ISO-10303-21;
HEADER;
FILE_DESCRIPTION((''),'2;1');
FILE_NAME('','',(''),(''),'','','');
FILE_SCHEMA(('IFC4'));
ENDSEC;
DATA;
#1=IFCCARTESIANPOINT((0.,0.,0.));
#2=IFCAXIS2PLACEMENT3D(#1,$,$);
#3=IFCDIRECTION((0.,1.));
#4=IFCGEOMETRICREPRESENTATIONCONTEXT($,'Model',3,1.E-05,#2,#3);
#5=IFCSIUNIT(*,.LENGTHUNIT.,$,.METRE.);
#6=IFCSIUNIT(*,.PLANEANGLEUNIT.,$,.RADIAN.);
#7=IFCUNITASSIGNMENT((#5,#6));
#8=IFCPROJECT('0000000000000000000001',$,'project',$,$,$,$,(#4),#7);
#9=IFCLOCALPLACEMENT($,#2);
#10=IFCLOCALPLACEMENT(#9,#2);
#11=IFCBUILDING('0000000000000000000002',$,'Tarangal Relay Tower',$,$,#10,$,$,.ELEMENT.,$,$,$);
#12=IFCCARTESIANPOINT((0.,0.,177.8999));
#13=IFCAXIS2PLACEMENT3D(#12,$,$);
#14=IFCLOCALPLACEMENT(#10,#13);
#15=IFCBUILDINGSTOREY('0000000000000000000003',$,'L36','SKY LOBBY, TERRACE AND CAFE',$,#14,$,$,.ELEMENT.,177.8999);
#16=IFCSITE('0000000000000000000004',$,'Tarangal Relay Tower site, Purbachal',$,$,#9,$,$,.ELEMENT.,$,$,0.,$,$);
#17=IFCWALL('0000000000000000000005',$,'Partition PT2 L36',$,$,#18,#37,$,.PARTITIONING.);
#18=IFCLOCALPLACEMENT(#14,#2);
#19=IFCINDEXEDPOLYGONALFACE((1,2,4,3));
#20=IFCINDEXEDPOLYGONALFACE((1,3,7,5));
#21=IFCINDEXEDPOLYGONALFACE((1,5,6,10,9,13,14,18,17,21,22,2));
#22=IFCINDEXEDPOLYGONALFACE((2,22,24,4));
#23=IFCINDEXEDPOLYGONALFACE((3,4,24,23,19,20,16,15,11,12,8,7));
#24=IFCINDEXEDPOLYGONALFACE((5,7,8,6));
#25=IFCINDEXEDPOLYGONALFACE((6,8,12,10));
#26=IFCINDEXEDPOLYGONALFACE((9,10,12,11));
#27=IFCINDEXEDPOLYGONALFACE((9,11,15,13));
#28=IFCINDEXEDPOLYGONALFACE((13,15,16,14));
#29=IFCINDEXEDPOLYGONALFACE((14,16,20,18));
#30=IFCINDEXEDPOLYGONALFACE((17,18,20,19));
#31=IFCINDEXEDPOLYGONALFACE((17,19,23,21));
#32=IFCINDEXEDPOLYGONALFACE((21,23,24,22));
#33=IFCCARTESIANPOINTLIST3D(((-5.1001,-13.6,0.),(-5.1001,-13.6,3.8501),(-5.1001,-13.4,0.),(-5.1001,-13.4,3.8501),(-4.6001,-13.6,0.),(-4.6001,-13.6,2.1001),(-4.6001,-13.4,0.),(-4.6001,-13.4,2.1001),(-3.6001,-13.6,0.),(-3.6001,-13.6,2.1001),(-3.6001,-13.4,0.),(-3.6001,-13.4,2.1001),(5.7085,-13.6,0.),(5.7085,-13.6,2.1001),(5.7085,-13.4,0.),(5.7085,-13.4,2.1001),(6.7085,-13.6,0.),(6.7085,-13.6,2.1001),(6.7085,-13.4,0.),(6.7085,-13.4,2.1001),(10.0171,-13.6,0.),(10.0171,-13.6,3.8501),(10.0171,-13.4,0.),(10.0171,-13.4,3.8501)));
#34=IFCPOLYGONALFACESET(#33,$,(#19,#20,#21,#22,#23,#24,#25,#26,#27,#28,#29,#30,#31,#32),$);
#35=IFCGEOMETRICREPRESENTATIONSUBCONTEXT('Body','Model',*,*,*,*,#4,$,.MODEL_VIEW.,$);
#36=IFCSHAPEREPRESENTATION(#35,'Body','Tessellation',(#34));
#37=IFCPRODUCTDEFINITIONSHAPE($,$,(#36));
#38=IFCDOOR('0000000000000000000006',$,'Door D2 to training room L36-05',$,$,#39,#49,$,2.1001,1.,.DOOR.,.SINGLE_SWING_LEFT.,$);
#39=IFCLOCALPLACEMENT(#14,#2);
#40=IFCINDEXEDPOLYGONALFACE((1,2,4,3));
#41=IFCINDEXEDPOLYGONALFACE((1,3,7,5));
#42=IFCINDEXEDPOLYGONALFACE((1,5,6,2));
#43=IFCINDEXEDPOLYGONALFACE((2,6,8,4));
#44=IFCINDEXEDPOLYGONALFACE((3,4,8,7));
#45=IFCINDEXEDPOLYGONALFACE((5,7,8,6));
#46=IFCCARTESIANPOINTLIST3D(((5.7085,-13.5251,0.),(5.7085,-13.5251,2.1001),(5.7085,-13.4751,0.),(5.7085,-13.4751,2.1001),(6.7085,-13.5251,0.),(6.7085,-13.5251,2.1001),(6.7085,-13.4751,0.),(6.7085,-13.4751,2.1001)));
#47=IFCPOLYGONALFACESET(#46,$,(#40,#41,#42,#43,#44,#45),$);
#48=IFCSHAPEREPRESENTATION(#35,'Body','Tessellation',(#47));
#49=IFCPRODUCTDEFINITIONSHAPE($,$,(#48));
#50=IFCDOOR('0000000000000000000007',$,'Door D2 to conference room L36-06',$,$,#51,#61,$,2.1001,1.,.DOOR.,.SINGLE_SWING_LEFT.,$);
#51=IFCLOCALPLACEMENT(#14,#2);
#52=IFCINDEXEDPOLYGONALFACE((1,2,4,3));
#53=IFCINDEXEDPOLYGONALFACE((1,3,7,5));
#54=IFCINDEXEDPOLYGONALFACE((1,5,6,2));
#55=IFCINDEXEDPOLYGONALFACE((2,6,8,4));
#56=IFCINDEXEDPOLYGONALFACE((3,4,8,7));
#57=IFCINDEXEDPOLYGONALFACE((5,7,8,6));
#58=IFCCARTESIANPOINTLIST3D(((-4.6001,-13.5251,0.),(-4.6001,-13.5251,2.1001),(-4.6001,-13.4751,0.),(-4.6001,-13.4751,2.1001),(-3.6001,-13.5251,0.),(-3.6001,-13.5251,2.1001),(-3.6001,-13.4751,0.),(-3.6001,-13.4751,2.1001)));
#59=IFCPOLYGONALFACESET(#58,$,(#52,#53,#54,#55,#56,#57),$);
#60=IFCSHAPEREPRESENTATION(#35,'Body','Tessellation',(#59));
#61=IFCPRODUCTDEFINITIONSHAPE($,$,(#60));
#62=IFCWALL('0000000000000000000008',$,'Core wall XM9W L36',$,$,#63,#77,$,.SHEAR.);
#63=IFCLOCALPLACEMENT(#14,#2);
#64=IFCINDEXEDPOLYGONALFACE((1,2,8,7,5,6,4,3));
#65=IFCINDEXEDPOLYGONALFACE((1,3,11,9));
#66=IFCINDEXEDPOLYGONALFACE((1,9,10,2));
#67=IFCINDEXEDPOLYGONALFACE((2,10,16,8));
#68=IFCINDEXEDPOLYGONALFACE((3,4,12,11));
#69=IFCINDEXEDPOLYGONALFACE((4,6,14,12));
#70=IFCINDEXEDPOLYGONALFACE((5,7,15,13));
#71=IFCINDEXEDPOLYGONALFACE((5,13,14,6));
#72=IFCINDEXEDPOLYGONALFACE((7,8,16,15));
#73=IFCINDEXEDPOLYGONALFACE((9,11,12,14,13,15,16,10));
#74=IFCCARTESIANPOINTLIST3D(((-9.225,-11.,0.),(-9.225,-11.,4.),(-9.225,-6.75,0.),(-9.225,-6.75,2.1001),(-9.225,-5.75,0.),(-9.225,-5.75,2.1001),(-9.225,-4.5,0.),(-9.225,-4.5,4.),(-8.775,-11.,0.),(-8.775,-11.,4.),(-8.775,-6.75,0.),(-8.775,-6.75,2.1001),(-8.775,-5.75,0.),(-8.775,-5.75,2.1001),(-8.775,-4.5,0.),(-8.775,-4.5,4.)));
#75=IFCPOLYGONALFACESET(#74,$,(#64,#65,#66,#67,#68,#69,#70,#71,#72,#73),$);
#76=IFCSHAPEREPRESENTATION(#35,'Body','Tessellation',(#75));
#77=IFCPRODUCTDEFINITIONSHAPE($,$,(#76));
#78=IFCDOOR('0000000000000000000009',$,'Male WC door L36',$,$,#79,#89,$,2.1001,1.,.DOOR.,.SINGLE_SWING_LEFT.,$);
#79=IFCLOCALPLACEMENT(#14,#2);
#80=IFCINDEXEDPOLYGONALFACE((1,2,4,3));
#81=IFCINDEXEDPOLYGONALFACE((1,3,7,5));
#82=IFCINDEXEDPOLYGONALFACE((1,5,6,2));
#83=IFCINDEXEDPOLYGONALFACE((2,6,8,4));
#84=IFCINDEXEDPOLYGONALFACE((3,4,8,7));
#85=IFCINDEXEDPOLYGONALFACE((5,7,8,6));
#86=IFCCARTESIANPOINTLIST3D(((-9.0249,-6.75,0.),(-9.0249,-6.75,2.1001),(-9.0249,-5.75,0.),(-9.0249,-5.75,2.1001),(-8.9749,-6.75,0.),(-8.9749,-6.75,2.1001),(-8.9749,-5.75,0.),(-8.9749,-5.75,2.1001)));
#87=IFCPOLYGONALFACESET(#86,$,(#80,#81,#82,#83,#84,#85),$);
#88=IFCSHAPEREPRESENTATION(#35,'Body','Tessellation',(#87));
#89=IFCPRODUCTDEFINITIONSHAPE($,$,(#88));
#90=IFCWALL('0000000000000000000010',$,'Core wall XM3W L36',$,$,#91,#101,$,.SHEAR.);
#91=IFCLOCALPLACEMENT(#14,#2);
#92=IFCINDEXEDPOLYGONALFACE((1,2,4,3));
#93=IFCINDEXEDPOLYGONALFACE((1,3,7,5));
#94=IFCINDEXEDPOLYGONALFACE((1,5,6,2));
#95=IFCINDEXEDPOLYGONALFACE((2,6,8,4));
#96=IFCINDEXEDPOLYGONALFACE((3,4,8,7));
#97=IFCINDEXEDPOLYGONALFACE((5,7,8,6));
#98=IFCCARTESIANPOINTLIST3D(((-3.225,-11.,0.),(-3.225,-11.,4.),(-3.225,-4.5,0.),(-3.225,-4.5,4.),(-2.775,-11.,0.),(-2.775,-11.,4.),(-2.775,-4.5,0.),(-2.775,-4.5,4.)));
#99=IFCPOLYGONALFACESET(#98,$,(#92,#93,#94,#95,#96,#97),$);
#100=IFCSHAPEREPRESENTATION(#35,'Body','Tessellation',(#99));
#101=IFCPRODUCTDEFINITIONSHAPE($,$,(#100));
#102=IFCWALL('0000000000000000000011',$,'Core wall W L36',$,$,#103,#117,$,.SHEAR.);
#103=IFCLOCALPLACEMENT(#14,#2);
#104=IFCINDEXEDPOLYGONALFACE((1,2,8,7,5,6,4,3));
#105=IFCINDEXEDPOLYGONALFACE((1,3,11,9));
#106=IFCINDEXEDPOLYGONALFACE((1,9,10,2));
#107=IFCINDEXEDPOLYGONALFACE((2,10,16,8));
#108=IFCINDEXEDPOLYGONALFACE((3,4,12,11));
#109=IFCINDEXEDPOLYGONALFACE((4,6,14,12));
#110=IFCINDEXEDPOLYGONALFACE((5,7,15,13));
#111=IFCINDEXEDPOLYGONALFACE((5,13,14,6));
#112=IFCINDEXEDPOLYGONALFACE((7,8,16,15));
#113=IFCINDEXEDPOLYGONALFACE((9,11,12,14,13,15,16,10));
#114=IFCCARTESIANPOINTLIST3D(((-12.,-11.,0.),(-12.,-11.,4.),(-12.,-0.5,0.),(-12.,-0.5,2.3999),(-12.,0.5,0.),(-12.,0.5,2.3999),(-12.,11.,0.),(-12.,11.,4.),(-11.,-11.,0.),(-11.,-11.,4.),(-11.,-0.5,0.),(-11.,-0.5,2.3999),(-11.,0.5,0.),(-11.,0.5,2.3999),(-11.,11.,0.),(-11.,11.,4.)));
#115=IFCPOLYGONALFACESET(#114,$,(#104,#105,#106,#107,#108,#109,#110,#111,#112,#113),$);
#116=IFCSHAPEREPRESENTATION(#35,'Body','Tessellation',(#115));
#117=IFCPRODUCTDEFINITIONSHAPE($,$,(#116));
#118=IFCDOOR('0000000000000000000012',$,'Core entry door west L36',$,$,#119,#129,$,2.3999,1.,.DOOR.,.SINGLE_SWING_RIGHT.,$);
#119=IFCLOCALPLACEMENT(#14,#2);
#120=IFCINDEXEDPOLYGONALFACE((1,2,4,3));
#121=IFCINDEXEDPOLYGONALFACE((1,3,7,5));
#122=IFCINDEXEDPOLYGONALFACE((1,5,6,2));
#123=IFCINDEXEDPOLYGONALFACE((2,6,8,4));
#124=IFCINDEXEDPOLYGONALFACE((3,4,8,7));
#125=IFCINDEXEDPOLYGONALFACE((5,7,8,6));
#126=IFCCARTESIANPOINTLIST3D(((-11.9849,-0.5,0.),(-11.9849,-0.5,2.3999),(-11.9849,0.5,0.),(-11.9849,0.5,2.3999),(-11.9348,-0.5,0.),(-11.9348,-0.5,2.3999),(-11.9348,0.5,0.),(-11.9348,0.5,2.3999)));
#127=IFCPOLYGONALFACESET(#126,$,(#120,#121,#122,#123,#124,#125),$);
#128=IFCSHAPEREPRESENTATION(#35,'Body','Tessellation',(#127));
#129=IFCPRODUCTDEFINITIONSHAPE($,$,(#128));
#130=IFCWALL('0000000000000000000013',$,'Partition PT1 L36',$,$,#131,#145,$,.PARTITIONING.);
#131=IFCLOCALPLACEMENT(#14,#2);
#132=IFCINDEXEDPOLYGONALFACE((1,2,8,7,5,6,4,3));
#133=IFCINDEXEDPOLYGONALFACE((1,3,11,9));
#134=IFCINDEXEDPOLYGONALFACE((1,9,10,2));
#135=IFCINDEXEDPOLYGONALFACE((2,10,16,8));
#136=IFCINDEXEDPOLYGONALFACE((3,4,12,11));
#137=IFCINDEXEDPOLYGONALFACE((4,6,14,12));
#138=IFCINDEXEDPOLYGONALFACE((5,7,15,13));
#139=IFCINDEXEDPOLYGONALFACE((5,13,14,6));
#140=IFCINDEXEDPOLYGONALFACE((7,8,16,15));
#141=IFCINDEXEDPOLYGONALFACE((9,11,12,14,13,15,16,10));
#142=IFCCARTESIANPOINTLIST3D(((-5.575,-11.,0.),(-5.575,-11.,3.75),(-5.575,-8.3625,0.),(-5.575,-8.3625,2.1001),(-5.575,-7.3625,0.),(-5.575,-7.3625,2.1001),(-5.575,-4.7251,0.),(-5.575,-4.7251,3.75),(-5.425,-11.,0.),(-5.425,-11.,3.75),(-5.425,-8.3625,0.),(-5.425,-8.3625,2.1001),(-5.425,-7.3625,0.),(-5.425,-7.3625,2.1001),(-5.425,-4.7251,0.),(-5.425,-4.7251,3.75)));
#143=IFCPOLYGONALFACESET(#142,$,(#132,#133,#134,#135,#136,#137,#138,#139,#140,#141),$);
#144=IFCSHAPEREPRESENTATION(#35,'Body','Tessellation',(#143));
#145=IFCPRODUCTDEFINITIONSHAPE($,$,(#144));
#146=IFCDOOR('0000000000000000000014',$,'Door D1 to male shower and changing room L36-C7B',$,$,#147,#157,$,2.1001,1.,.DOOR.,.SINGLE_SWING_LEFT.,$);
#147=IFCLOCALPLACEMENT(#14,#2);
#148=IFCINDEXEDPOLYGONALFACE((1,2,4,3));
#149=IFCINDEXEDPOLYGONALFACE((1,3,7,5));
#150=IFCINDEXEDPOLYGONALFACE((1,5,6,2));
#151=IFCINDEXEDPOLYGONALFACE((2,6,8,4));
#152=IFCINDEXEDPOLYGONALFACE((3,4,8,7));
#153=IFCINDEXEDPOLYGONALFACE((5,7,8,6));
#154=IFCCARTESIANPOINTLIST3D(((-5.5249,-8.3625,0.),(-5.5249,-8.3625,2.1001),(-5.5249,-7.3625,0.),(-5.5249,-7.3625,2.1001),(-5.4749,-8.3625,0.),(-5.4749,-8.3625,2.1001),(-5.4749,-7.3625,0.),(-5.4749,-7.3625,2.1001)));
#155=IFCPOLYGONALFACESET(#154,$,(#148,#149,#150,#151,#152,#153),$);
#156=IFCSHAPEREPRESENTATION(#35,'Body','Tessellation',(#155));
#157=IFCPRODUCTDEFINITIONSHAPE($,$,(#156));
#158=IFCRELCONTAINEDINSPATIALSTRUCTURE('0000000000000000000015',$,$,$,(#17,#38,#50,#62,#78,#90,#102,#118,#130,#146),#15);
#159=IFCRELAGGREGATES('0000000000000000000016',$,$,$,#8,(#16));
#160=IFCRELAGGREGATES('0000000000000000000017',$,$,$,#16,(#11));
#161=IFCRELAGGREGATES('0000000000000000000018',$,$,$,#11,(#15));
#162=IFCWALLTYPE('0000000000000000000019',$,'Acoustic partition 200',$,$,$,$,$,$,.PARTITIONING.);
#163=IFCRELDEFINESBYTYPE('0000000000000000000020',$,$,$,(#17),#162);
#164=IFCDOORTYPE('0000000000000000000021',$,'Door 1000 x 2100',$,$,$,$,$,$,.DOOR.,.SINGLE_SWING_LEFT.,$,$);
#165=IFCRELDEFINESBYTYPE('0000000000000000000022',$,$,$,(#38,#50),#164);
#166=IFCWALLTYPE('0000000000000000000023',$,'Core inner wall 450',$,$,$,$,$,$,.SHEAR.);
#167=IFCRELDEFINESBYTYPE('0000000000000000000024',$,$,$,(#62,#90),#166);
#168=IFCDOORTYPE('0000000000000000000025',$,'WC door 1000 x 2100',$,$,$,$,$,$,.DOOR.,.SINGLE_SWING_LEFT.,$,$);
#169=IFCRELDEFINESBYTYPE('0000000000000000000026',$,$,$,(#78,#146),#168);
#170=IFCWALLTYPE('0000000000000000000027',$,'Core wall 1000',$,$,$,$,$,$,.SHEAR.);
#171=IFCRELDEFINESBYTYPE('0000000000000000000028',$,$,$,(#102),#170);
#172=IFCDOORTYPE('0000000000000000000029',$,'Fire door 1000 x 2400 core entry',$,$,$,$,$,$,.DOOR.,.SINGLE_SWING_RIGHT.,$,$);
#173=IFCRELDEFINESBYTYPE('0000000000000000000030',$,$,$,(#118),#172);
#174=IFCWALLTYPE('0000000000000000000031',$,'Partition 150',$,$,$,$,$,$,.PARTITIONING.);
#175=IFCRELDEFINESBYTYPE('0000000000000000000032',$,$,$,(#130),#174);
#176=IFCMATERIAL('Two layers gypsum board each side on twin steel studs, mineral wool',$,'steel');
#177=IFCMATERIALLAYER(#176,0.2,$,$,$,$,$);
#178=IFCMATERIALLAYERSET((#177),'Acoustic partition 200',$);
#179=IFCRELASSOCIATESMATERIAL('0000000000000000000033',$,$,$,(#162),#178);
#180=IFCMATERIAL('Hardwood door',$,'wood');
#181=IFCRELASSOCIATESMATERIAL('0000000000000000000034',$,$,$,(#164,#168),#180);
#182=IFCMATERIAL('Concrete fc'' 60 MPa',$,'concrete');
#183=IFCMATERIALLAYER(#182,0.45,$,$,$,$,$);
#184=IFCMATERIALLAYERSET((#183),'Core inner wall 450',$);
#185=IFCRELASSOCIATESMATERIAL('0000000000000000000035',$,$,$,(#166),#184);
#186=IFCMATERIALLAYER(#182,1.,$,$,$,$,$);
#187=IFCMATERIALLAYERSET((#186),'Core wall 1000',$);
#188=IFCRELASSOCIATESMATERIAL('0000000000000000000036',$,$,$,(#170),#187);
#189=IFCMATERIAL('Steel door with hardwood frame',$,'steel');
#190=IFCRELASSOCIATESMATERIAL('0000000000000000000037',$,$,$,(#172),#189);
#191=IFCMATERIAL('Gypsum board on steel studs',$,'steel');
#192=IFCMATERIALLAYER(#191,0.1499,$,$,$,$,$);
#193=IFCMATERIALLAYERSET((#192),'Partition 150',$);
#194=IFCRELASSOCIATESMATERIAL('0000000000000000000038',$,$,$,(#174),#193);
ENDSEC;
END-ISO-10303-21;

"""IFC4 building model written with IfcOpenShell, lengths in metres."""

from ifc_helpers import new_model, si_unit, direction, frame, frame_2d, origin, place, context, subcontext, project, spatial, rectangle, extrude, material, layer, layer_set, type_object, element, fill, save


model = new_model("IFC4")

# Units and contexts
model_context = context("Model", 3, precision=1e-05, world=origin(), true_north=direction((0.0, 1.0)))
body_context = subcontext(model_context, "Body", "Model", "MODEL_VIEW")
ifc_project = project(units=[si_unit("LENGTHUNIT", "METRE"), si_unit("PLANEANGLEUNIT", "RADIAN")], contexts=[model_context])

# Site, building, storey
site_placement = place(None, origin())
site = spatial("IfcSite", under=ifc_project, at=site_placement, Name="Tarangal Relay Tower site, Purbachal", CompositionType="ELEMENT", RefElevation=0.0)
building_placement = place(site_placement, origin())
building = spatial("IfcBuilding", under=site, at=building_placement, Name="Tarangal Relay Tower", CompositionType="ELEMENT")
storey_placement = place(building_placement, frame((0.0, 0.0, 177.8999)))
storey = spatial("IfcBuildingStorey", under=building, at=storey_placement, Name="L36", Description="SKY LOBBY, TERRACE AND CAFE", CompositionType="ELEMENT", Elevation=177.8999)

# Wall, openings, doors
ifc_material_1 = material(Name="Two layers gypsum board each side on twin steel studs, mineral wool", Category="steel")
ifc_layer_1 = layer(ifc_material_1, 0.2)
ifc_layer_set_1 = layer_set([ifc_layer_1], Name="Acoustic partition 200")
wall_type_1 = type_object("IfcWallType", Name="Acoustic partition 200", PredefinedType="PARTITIONING", material=ifc_layer_set_1)
wall_1_placement = place(storey_placement, frame((-5.1001, -13.5, 0.0), z_axis=(0.0, 0.0, 1.0), x_axis=(1.0, 0.0, 0.0)))
wall_1 = element("IfcWall", 1, at=wall_1_placement, inside=storey, type_object=wall_type_1, Name="Partition PT2 L36", PredefinedType="PARTITIONING", context=body_context, shape_type="SweptSolid", body=[
    extrude(rectangle(XDim=15.1172, YDim=0.2, at=frame_2d((7.5586, 0.0))), origin(), (0.0, 0.0, 1.0), 3.8501),
])
opening_1_placement = place(wall_1_placement, frame((10.8086, 0.0, 0.0)))
opening_1 = element("IfcOpeningElement", 2, at=opening_1_placement, cuts=wall_1, PredefinedType="OPENING", context=body_context, shape_type="SweptSolid", body=[
    extrude(rectangle(XDim=1.0, YDim=2.1001, at=frame_2d((0.5, 1.05))), frame((0.0, 0.1099, 0.0), z_axis=(0.0, -1.0, 0.0), x_axis=(1.0, 0.0, 0.0)), (0.0, 0.0, 1.0), 0.22),
])
opening_2_placement = place(wall_1_placement, frame((0.5, 0.0, 0.0)))
opening_2 = element("IfcOpeningElement", 3, at=opening_2_placement, cuts=wall_1, PredefinedType="OPENING", context=body_context, shape_type="SweptSolid", body=[
    extrude(rectangle(XDim=1.0, YDim=2.1001, at=frame_2d((0.5, 1.05))), frame((0.0, 0.1099, 0.0), z_axis=(0.0, -1.0, 0.0), x_axis=(1.0, 0.0, 0.0)), (0.0, 0.0, 1.0), 0.22),
])
ifc_material_2 = material(Name="Hardwood door", Category="wood")
door_type_1 = type_object("IfcDoorType", Name="Door 1000 x 2100", OperationType="SINGLE_SWING_LEFT", PredefinedType="DOOR", material=ifc_material_2)
door_1_placement = place(opening_1_placement, origin())
door_1 = element("IfcDoor", 4, at=door_1_placement, inside=storey, type_object=door_type_1, Name="Door D2 to training room L36-05", OperationType="SINGLE_SWING_LEFT", OverallHeight=2.1001, OverallWidth=1.0, PredefinedType="DOOR", context=body_context, shape_type="SweptSolid", body=[
    extrude(rectangle(XDim=1.0, YDim=2.1001, at=frame_2d((0.5, 1.05))), frame((0.0, 0.0249, 0.0), z_axis=(0.0, -1.0, 0.0), x_axis=(1.0, 0.0, 0.0)), (0.0, 0.0, 1.0), 0.05),
])
fill(opening_1, door_1)
door_2_placement = place(opening_2_placement, origin())
door_2 = element("IfcDoor", 5, at=door_2_placement, inside=storey, type_object=door_type_1, Name="Door D2 to conference room L36-06", OperationType="SINGLE_SWING_LEFT", OverallHeight=2.1001, OverallWidth=1.0, PredefinedType="DOOR", context=body_context, shape_type="SweptSolid", body=[
    extrude(rectangle(XDim=1.0, YDim=2.1001, at=frame_2d((0.5, 1.05))), frame((0.0, 0.0249, 0.0), z_axis=(0.0, -1.0, 0.0), x_axis=(1.0, 0.0, 0.0)), (0.0, 0.0, 1.0), 0.05),
])
fill(opening_2, door_2)

# Wall, opening, door
ifc_material_3 = material(Name="Concrete fc' 60 MPa", Category="concrete")
ifc_layer_2 = layer(ifc_material_3, 0.45)
ifc_layer_set_2 = layer_set([ifc_layer_2], Name="Core inner wall 450")
wall_type_2 = type_object("IfcWallType", Name="Core inner wall 450", PredefinedType="SHEAR", material=ifc_layer_set_2)
wall_2_placement = place(storey_placement, frame((-9.0, -11.0, 0.0), z_axis=(0.0, 0.0, 1.0), x_axis=(0.0, 1.0, 0.0)))
wall_2 = element("IfcWall", 6, at=wall_2_placement, inside=storey, type_object=wall_type_2, Name="Core wall XM9W L36", PredefinedType="SHEAR", context=body_context, shape_type="SweptSolid", body=[
    extrude(rectangle(XDim=6.5, YDim=0.45, at=frame_2d((3.25, 0.0))), origin(), (0.0, 0.0, 1.0), 4.0),
])
opening_3_placement = place(wall_2_placement, frame((4.25, 0.0, 0.0)))
opening_3 = element("IfcOpeningElement", 7, at=opening_3_placement, cuts=wall_2, PredefinedType="OPENING", context=body_context, shape_type="SweptSolid", body=[
    extrude(rectangle(XDim=1.0, YDim=2.1001, at=frame_2d((0.5, 1.05))), frame((0.0, 0.2349, 0.0), z_axis=(0.0, -1.0, 0.0), x_axis=(1.0, 0.0, 0.0)), (0.0, 0.0, 1.0), 0.47),
])
door_type_2 = type_object("IfcDoorType", Name="WC door 1000 x 2100", OperationType="SINGLE_SWING_LEFT", PredefinedType="DOOR", material=ifc_material_2)
door_3_placement = place(opening_3_placement, origin())
door_3 = element("IfcDoor", 8, at=door_3_placement, inside=storey, type_object=door_type_2, Name="Male WC door L36", OperationType="SINGLE_SWING_LEFT", OverallHeight=2.1001, OverallWidth=1.0, PredefinedType="DOOR", context=body_context, shape_type="SweptSolid", body=[
    extrude(rectangle(XDim=1.0, YDim=2.1001, at=frame_2d((0.5, 1.05))), frame((0.0, 0.0249, 0.0), z_axis=(0.0, -1.0, 0.0), x_axis=(1.0, 0.0, 0.0)), (0.0, 0.0, 1.0), 0.05),
])
fill(opening_3, door_3)

# Wall
wall_3_placement = place(storey_placement, frame((-3.0, -11.0, 0.0), z_axis=(0.0, 0.0, 1.0), x_axis=(0.0, 1.0, 0.0)))
element("IfcWall", 9, at=wall_3_placement, inside=storey, type_object=wall_type_2, Name="Core wall XM3W L36", PredefinedType="SHEAR", context=body_context, shape_type="SweptSolid", body=[
    extrude(rectangle(XDim=6.5, YDim=0.45, at=frame_2d((3.25, 0.0))), origin(), (0.0, 0.0, 1.0), 4.0),
])

# Walls, openings, doors
ifc_layer_3 = layer(ifc_material_3, 1.0)
ifc_layer_set_3 = layer_set([ifc_layer_3], Name="Core wall 1000")
wall_type_3 = type_object("IfcWallType", Name="Core wall 1000", PredefinedType="SHEAR", material=ifc_layer_set_3)
wall_4_placement = place(storey_placement, frame((-11.5, -11.0, 0.0), z_axis=(0.0, 0.0, 1.0), x_axis=(0.0, 1.0, 0.0)))
wall_4 = element("IfcWall", 10, at=wall_4_placement, inside=storey, type_object=wall_type_3, Name="Core wall W L36", PredefinedType="SHEAR", context=body_context, shape_type="SweptSolid", body=[
    extrude(rectangle(XDim=22.0, YDim=1.0, at=frame_2d((11.0, 0.0))), origin(), (0.0, 0.0, 1.0), 4.0),
])
opening_4_placement = place(wall_4_placement, frame((10.5, 0.0, 0.0)))
opening_4 = element("IfcOpeningElement", 11, at=opening_4_placement, cuts=wall_4, PredefinedType="OPENING", context=body_context, shape_type="SweptSolid", body=[
    extrude(rectangle(XDim=1.0, YDim=2.3999, at=frame_2d((0.5, 1.2))), frame((0.0, 0.51, 0.0), z_axis=(0.0, -1.0, 0.0), x_axis=(1.0, 0.0, 0.0)), (0.0, 0.0, 1.0), 1.02),
])
ifc_material_4 = material(Name="Steel door with hardwood frame", Category="steel")
door_type_3 = type_object("IfcDoorType", Name="Fire door 1000 x 2400 core entry", OperationType="SINGLE_SWING_RIGHT", PredefinedType="DOOR", material=ifc_material_4)
door_4_placement = place(opening_4_placement, origin())
door_4 = element("IfcDoor", 12, at=door_4_placement, inside=storey, type_object=door_type_3, Name="Core entry door west L36", OperationType="SINGLE_SWING_RIGHT", OverallHeight=2.3999, OverallWidth=1.0, PredefinedType="DOOR", context=body_context, shape_type="SweptSolid", body=[
    extrude(rectangle(XDim=1.0, YDim=2.3999, at=frame_2d((0.5, 1.2))), frame((0.0, 0.4849, 0.0), z_axis=(0.0, -1.0, 0.0), x_axis=(1.0, 0.0, 0.0)), (0.0, 0.0, 1.0), 0.05),
])
fill(opening_4, door_4)
ifc_material_5 = material(Name="Gypsum board on steel studs", Category="steel")
ifc_layer_4 = layer(ifc_material_5, 0.1499)
ifc_layer_set_4 = layer_set([ifc_layer_4], Name="Partition 150")
wall_type_4 = type_object("IfcWallType", Name="Partition 150", PredefinedType="PARTITIONING", material=ifc_layer_set_4)
wall_5_placement = place(storey_placement, frame((-5.5, -11.0, 0.0), z_axis=(0.0, 0.0, 1.0), x_axis=(0.0, 1.0, 0.0)))
wall_5 = element("IfcWall", 13, at=wall_5_placement, inside=storey, type_object=wall_type_4, Name="Partition PT1 L36", PredefinedType="PARTITIONING", context=body_context, shape_type="SweptSolid", body=[
    extrude(rectangle(XDim=6.2749, YDim=0.1499, at=frame_2d((3.1375, 0.0))), origin(), (0.0, 0.0, 1.0), 3.75),
])
opening_5_placement = place(wall_5_placement, frame((2.6375, 0.0, 0.0)))
opening_5 = element("IfcOpeningElement", 14, at=opening_5_placement, cuts=wall_5, PredefinedType="OPENING", context=body_context, shape_type="SweptSolid", body=[
    extrude(rectangle(XDim=1.0, YDim=2.1001, at=frame_2d((0.5, 1.05))), frame((0.0, 0.085, 0.0), z_axis=(0.0, -1.0, 0.0), x_axis=(1.0, 0.0, 0.0)), (0.0, 0.0, 1.0), 0.1699),
])
door_5_placement = place(opening_5_placement, origin())
door_5 = element("IfcDoor", 15, at=door_5_placement, inside=storey, type_object=door_type_2, Name="Door D1 to male shower and changing room L36-C7B", OperationType="SINGLE_SWING_LEFT", OverallHeight=2.1001, OverallWidth=1.0, PredefinedType="DOOR", context=body_context, shape_type="SweptSolid", body=[
    extrude(rectangle(XDim=1.0, YDim=2.1001, at=frame_2d((0.5, 1.05))), frame((0.0, 0.0249, 0.0), z_axis=(0.0, -1.0, 0.0), x_axis=(1.0, 0.0, 0.0)), (0.0, 0.0, 1.0), 0.05),
])
fill(opening_5, door_5)

save(model, "model.ifc")
